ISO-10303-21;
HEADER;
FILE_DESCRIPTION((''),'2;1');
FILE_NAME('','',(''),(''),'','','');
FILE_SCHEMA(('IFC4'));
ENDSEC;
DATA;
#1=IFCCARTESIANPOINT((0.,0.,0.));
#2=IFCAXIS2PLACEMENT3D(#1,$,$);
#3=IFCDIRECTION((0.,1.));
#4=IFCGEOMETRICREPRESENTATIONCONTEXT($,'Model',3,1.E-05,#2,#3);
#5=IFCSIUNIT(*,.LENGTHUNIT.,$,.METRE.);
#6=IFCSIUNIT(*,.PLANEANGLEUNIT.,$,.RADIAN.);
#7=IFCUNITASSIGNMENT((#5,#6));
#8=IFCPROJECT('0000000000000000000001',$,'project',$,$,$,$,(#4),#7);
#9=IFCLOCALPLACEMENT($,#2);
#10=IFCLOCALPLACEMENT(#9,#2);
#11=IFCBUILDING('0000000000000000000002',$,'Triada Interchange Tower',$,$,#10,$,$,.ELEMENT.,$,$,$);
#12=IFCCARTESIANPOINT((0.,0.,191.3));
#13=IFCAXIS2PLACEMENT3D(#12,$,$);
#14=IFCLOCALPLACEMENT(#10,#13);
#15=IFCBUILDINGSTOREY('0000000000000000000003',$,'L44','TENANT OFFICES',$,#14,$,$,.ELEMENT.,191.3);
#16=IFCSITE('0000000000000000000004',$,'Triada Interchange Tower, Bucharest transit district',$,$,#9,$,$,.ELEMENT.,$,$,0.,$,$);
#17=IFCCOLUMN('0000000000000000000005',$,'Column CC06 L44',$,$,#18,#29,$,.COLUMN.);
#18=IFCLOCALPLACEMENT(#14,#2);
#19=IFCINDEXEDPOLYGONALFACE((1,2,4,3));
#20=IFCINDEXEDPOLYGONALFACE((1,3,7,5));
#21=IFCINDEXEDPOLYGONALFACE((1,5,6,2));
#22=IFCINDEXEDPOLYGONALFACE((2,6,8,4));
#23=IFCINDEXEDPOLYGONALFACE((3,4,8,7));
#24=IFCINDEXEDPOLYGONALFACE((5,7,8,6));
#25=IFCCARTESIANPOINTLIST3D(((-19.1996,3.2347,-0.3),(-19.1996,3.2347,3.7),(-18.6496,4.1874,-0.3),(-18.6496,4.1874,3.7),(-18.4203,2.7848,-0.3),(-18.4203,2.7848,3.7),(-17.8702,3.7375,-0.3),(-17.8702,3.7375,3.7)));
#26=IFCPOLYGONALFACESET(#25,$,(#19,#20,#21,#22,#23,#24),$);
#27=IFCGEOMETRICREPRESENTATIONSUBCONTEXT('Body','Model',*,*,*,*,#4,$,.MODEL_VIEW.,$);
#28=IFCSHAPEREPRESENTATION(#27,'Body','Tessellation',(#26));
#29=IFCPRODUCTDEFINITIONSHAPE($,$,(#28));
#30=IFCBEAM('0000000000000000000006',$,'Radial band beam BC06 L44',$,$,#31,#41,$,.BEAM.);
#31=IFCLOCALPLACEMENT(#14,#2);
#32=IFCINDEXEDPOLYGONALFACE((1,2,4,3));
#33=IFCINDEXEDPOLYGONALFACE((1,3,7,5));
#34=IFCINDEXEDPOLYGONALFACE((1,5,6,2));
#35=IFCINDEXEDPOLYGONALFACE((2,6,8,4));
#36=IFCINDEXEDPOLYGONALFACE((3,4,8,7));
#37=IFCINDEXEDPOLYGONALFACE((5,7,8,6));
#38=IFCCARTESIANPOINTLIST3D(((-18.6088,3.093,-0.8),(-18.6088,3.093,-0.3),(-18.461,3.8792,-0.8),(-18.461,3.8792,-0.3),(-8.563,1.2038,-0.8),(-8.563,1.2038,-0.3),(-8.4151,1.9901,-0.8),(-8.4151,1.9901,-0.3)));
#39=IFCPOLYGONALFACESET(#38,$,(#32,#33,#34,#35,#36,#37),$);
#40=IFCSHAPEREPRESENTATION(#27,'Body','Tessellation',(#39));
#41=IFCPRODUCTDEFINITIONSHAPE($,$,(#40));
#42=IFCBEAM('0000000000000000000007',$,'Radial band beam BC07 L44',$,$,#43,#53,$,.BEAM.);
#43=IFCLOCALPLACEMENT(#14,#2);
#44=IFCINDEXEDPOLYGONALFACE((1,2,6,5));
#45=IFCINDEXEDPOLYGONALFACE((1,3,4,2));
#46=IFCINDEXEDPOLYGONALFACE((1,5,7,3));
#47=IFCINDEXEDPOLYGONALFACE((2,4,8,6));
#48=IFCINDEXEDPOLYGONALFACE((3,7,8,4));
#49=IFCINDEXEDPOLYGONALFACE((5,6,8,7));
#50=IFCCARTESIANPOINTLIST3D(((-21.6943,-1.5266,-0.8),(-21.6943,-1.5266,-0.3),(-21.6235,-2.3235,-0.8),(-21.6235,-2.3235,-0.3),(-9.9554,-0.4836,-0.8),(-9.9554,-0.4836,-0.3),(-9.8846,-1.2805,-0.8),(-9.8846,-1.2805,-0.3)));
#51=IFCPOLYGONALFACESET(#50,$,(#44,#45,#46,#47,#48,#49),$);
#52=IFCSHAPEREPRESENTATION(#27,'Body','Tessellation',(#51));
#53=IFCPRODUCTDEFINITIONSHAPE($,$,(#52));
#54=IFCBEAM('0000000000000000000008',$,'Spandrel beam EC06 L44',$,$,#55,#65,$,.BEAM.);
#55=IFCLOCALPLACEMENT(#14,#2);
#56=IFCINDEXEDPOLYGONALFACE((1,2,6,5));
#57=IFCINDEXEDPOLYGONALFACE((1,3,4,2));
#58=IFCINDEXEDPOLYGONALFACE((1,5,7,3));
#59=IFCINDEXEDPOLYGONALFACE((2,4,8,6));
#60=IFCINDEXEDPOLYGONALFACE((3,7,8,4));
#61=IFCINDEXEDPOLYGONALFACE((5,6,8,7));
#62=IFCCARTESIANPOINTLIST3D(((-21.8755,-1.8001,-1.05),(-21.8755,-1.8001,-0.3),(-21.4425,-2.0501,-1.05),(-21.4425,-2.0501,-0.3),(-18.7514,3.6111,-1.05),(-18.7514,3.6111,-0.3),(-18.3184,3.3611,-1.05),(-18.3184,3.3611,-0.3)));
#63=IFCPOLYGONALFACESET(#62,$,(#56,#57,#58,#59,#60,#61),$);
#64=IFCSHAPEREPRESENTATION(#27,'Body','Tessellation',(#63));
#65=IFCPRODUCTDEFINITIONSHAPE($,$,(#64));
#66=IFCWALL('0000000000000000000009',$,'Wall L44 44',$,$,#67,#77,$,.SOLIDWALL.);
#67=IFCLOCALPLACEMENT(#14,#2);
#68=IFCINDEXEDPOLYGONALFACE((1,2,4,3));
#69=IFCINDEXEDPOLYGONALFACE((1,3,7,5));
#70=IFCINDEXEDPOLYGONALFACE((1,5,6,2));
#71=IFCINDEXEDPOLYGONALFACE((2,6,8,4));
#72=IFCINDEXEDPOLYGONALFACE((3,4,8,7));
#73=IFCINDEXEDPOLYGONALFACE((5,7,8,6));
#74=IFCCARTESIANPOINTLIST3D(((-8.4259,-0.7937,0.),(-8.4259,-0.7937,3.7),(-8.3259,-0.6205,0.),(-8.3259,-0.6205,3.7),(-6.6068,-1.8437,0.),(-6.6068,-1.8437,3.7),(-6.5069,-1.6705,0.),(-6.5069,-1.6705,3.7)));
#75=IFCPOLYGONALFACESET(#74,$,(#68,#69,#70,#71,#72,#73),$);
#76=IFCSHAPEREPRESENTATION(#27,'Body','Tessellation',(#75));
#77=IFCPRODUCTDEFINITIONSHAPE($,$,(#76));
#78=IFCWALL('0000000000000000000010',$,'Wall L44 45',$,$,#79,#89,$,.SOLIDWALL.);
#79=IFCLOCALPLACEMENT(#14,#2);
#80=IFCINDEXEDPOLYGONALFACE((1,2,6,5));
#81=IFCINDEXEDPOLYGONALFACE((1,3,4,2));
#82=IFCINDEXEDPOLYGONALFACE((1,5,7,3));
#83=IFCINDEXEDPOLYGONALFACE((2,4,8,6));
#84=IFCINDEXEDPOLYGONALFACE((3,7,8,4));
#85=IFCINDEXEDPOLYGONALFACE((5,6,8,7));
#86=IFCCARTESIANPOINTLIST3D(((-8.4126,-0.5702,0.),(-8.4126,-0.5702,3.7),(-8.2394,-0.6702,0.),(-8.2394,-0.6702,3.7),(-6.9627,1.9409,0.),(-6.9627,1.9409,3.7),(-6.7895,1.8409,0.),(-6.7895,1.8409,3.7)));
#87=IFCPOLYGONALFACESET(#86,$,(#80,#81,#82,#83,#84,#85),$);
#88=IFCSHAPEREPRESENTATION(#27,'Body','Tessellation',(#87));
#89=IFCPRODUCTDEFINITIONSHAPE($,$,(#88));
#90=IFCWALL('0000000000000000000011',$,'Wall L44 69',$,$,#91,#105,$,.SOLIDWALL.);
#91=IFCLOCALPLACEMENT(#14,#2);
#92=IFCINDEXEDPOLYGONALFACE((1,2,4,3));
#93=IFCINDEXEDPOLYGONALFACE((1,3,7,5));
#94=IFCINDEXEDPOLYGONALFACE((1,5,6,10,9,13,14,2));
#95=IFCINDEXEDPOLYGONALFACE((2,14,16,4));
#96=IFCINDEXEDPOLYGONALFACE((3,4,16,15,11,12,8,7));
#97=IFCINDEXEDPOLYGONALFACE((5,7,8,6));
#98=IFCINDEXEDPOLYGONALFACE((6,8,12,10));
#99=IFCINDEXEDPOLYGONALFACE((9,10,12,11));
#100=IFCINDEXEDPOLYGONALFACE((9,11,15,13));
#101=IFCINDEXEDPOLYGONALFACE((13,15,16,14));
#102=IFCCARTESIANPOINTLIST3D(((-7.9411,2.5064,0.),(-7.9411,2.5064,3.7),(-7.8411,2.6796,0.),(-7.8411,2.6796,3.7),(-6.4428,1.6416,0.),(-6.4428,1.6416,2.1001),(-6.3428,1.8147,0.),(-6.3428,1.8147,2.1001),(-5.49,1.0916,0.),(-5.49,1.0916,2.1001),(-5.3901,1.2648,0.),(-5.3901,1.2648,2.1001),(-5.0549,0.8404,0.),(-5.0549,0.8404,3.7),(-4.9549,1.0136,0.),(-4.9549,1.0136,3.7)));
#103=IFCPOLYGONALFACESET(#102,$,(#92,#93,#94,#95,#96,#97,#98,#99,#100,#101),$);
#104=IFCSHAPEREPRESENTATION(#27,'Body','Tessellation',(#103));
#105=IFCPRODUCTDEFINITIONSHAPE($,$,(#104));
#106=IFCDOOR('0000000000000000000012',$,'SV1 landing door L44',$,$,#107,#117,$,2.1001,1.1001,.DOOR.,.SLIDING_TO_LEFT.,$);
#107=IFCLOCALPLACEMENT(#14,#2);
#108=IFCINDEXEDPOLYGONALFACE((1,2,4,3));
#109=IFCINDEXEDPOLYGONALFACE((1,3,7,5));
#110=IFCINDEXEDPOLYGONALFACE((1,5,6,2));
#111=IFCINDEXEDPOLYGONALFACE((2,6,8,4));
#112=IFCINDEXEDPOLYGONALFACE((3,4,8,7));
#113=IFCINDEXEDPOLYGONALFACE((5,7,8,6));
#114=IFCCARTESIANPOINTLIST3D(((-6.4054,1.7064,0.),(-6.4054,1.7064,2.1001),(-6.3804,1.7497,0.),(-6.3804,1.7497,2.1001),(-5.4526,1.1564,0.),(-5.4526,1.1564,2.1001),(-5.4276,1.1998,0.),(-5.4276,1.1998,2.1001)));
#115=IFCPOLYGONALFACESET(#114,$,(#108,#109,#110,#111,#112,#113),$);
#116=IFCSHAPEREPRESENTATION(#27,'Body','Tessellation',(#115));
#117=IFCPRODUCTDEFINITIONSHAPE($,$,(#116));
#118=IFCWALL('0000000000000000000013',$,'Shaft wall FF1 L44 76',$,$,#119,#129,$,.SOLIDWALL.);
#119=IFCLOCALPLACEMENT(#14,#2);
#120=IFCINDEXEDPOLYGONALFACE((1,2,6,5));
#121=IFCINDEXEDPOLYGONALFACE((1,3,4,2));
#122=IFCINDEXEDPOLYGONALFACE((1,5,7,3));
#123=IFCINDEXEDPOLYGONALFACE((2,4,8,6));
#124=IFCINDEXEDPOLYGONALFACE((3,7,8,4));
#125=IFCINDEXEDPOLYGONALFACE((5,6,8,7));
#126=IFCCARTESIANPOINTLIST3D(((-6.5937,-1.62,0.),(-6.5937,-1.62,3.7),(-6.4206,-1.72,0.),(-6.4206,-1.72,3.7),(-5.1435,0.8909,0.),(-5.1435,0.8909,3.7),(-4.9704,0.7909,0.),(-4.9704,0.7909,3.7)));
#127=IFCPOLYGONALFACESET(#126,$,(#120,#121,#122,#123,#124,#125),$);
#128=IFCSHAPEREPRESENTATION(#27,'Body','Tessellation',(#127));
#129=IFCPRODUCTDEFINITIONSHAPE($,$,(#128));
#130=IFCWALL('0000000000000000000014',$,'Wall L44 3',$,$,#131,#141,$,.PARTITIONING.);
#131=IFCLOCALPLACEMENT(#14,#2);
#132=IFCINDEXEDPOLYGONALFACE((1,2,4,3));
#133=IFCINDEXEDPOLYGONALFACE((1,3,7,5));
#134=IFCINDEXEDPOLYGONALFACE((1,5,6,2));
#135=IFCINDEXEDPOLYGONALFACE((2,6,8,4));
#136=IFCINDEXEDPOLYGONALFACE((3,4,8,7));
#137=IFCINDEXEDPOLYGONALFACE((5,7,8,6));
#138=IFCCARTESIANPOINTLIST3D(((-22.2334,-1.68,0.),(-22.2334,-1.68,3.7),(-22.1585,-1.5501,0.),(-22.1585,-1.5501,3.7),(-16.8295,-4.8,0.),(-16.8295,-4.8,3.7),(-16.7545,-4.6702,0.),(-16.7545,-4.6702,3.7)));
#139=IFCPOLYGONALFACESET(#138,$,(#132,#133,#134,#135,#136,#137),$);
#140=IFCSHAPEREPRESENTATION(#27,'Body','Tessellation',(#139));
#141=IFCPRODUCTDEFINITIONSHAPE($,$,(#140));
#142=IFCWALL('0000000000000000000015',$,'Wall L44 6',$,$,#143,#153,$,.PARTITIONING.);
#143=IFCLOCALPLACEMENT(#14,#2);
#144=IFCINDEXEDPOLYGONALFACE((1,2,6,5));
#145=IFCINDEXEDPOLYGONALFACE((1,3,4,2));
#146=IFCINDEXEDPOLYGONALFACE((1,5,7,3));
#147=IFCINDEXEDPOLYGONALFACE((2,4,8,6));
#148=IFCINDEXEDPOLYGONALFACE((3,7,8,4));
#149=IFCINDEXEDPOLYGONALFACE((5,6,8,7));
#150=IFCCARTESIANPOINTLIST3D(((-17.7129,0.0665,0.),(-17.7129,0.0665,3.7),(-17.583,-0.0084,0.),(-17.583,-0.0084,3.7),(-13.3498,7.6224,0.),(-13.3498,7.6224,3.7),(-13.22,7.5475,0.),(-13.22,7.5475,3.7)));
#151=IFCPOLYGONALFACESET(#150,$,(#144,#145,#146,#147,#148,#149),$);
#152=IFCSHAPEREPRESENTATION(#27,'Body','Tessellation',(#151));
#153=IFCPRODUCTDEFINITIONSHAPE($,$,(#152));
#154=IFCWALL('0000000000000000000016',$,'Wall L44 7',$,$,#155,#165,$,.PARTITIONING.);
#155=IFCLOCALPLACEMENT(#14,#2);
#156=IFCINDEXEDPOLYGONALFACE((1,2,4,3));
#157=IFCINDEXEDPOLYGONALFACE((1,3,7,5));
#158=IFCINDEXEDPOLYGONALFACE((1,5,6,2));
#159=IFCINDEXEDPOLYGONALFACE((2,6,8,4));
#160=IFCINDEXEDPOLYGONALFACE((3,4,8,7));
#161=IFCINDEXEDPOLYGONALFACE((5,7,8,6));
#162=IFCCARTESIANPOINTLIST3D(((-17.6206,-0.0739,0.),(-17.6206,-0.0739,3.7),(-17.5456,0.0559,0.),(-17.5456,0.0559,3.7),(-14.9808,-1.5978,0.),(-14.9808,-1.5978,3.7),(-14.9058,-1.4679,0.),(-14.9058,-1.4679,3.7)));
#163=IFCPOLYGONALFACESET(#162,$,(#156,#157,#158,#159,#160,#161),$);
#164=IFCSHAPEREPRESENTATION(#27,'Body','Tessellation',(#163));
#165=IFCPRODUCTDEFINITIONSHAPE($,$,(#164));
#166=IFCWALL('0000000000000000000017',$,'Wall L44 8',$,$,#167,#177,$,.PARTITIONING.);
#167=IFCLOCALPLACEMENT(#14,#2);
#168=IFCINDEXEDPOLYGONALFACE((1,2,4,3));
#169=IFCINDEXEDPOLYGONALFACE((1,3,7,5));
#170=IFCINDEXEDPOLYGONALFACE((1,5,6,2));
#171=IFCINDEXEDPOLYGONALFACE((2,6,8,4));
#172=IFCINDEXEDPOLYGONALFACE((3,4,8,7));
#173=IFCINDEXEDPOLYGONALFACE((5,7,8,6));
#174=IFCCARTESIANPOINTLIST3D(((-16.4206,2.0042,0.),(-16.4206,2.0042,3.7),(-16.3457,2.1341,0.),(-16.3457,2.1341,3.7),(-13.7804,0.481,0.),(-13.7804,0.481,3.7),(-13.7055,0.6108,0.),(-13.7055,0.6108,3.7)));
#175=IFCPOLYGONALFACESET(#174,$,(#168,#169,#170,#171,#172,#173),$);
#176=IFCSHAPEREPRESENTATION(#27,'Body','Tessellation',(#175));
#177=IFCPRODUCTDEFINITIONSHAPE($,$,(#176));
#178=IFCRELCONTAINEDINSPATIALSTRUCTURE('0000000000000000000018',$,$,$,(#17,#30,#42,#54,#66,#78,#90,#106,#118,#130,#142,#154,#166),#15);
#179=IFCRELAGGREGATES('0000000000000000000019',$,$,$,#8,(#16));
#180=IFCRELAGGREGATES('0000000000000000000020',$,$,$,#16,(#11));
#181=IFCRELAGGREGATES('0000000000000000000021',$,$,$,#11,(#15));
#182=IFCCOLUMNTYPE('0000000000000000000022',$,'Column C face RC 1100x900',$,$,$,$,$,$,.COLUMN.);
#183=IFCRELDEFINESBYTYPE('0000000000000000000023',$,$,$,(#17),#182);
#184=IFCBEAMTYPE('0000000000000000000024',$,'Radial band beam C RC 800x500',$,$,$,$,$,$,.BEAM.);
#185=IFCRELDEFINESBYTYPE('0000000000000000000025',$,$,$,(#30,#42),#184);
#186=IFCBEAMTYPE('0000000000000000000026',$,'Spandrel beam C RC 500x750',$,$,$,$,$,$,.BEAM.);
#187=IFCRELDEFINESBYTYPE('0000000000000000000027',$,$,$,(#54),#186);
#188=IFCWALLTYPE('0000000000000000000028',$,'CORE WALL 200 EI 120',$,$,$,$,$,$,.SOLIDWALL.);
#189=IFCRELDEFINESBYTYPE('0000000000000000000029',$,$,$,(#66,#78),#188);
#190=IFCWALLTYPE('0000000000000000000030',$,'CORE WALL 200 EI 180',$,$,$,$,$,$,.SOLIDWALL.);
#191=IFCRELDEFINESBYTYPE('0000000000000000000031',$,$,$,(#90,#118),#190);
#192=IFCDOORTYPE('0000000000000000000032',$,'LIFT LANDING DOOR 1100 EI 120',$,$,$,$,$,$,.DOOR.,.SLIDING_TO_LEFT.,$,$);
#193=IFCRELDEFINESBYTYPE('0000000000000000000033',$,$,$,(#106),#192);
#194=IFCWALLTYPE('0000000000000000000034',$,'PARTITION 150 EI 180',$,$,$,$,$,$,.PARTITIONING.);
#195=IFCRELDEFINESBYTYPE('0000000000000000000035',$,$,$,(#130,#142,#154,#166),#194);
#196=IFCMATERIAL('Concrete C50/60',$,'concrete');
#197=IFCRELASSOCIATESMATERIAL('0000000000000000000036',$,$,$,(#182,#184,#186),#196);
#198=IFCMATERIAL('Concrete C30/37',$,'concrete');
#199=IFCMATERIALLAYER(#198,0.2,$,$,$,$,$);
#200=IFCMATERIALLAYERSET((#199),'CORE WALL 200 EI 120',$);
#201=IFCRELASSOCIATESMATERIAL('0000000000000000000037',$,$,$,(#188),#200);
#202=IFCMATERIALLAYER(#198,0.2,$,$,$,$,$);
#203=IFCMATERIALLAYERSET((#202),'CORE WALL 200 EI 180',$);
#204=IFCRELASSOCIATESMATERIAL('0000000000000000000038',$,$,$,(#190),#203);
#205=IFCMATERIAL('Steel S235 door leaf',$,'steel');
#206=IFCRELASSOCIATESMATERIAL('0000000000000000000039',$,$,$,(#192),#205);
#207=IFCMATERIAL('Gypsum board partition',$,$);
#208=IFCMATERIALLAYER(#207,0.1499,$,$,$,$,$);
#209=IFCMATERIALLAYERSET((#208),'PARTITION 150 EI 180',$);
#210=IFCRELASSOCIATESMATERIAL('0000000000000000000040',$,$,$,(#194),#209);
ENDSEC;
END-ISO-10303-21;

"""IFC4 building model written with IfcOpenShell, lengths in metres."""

from ifc_helpers import new_model, si_unit, direction, frame, frame_2d, origin, origin_2d, place, context, subcontext, project, spatial, rectangle, extrude, material, layer, layer_set, material_profile, profile_set, type_object, element, fill, save


model = new_model("IFC4")

# Units and contexts
model_context = context("Model", 3, precision=1e-05, world=origin(), true_north=direction((0.0, 1.0)))
body_context = subcontext(model_context, "Body", "Model", "MODEL_VIEW")
ifc_project = project(units=[si_unit("LENGTHUNIT", "METRE"), si_unit("PLANEANGLEUNIT", "RADIAN")], contexts=[model_context])

# Site, building, storey
site_placement = place(None, origin())
site = spatial("IfcSite", under=ifc_project, at=site_placement, Name="Triada Interchange Tower, Bucharest transit district", CompositionType="ELEMENT", RefElevation=0.0)
building_placement = place(site_placement, origin())
building = spatial("IfcBuilding", under=site, at=building_placement, Name="Triada Interchange Tower", CompositionType="ELEMENT")
storey_placement = place(building_placement, frame((0.0, 0.0, 191.3)))
storey = spatial("IfcBuildingStorey", under=building, at=storey_placement, Name="L44", Description="TENANT OFFICES", CompositionType="ELEMENT", Elevation=191.3)

# Column
ifc_material_1 = material(Name="Concrete C50/60", Category="concrete")
ifc_material_profile_1 = material_profile(ifc_material_1, rectangle(XDim=1.1001, YDim=0.8999, at=origin_2d()), Name="RC 1100x900")
ifc_profile_set_1 = profile_set([ifc_material_profile_1], Name="Concrete C50/60")
column_type = type_object("IfcColumnType", Name="Column C face RC 1100x900", PredefinedType="COLUMN", material=ifc_profile_set_1)
column_placement = place(storey_placement, frame((-18.5349, 3.4861, -0.3), z_axis=(0.0, 0.0, 1.0), x_axis=(0.5, 0.866025, 0.0)))
element("IfcColumn", 1, at=column_placement, inside=storey, type_object=column_type, Name="Column CC06 L44", PredefinedType="COLUMN", context=body_context, shape_type="SweptSolid", body=[
    extrude(rectangle(XDim=1.1001, YDim=0.8999, at=origin_2d()), origin(), (0.0, 0.0, 1.0), 4.0),
])

# Beams
ifc_material_profile_2 = material_profile(ifc_material_1, rectangle(XDim=0.8, YDim=0.5, at=origin_2d()), Name="RC 800x500")
ifc_profile_set_2 = profile_set([ifc_material_profile_2], Name="Concrete C50/60")
beam_type_1 = type_object("IfcBeamType", Name="Radial band beam C RC 800x500", PredefinedType="BEAM", material=ifc_profile_set_2)
beam_1_placement = place(storey_placement, frame((-18.5349, 3.4861, -0.55), z_axis=(0.982774, -0.184813, 0.0), x_axis=(0.184813, 0.982774, 0.0)))
element("IfcBeam", 2, at=beam_1_placement, inside=storey, type_object=beam_type_1, Name="Radial band beam BC06 L44", PredefinedType="BEAM", context=body_context, shape_type="SweptSolid", body=[
    extrude(rectangle(XDim=0.8, YDim=0.5, at=origin_2d()), origin(), (0.0, 0.0, 1.0), 10.2219),
])
beam_2_placement = place(storey_placement, frame((-21.6589, -1.925, -0.55), z_axis=(0.996076, 0.088498, 0.0), x_axis=(-0.088498, 0.996076, 0.0)))
element("IfcBeam", 3, at=beam_2_placement, inside=storey, type_object=beam_type_1, Name="Radial band beam BC07 L44", PredefinedType="BEAM", context=body_context, shape_type="SweptSolid", body=[
    extrude(rectangle(XDim=0.8, YDim=0.5, at=origin_2d()), origin(), (0.0, 0.0, 1.0), 11.7852),
])
ifc_material_profile_3 = material_profile(ifc_material_1, rectangle(XDim=0.5, YDim=0.75, at=origin_2d()), Name="RC 500x750")
ifc_profile_set_3 = profile_set([ifc_material_profile_3], Name="Concrete C50/60")
beam_type_2 = type_object("IfcBeamType", Name="Spandrel beam C RC 500x750", PredefinedType="BEAM", material=ifc_profile_set_3)
beam_3_placement = place(storey_placement, frame((-18.5349, 3.4861, -0.675), z_axis=(-0.499989, -0.866032, 0.0), x_axis=(0.866032, -0.499989, 0.0)))
element("IfcBeam", 4, at=beam_3_placement, inside=storey, type_object=beam_type_2, Name="Spandrel beam EC06 L44", PredefinedType="BEAM", context=body_context, shape_type="SweptSolid", body=[
    extrude(rectangle(XDim=0.5, YDim=0.75, at=origin_2d()), origin(), (0.0, 0.0, 1.0), 6.2483),
])

# Walls
ifc_material_2 = material(Name="Concrete C30/37", Category="concrete")
ifc_layer_1 = layer(ifc_material_2, 0.2)
ifc_layer_set_1 = layer_set([ifc_layer_1], Name="CORE WALL 200 EI 120")
wall_type_1 = type_object("IfcWallType", Name="CORE WALL 200 EI 120", PredefinedType="SOLIDWALL", material=ifc_layer_set_1)
wall_1_placement = place(storey_placement, frame((-8.376, -0.707, 0.0), z_axis=(0.0, 0.0, 1.0), x_axis=(0.866068, -0.499927, 0.0)))
element("IfcWall", 5, at=wall_1_placement, inside=storey, type_object=wall_type_1, Name="Wall L44 44", PredefinedType="SOLIDWALL", context=body_context, shape_type="SweptSolid", body=[
    extrude(rectangle(XDim=2.1003, YDim=0.2, at=frame_2d((1.0503, 0.0))), origin(), (0.0, 0.0, 1.0), 3.7),
])
wall_2_placement = place(storey_placement, frame((-8.3259, -0.6201, 0.0), z_axis=(0.0, 0.0, 1.0), x_axis=(0.500024, 0.866012, 0.0)))
element("IfcWall", 6, at=wall_2_placement, inside=storey, type_object=wall_type_1, Name="Wall L44 45", PredefinedType="SOLIDWALL", context=body_context, shape_type="SweptSolid", body=[
    extrude(rectangle(XDim=2.8997, YDim=0.2, at=frame_2d((1.4497, 0.0))), origin(), (0.0, 0.0, 1.0), 3.7),
])

# Wall, opening, door
ifc_layer_2 = layer(ifc_material_2, 0.2)
ifc_layer_set_2 = layer_set([ifc_layer_2], Name="CORE WALL 200 EI 180")
wall_type_2 = type_object("IfcWallType", Name="CORE WALL 200 EI 180", PredefinedType="SOLIDWALL", material=ifc_layer_set_2)
wall_3_placement = place(storey_placement, frame((-7.8911, 2.593, 0.0), z_axis=(0.0, 0.0, 1.0), x_axis=(0.866071, -0.499921, 0.0)))
wall_3 = element("IfcWall", 7, at=wall_3_placement, inside=storey, type_object=wall_type_2, Name="Wall L44 69", PredefinedType="SOLIDWALL", context=body_context, shape_type="SweptSolid", body=[
    extrude(rectangle(XDim=3.3325, YDim=0.2, at=frame_2d((1.6663, 0.0))), origin(), (0.0, 0.0, 1.0), 3.7),
])
opening_placement = place(wall_3_placement, frame((1.73, 0.0, 0.0)))
opening = element("IfcOpeningElement", 8, at=opening_placement, cuts=wall_3, PredefinedType="OPENING", context=body_context, shape_type="SweptSolid", body=[
    extrude(rectangle(XDim=1.1001, YDim=2.1001, at=frame_2d((0.55, 1.05))), frame((0.0, 0.1099, 0.0), z_axis=(0.0, -1.0, 0.0), x_axis=(1.0, 0.0, 0.0)), (0.0, 0.0, 1.0), 0.22),
])
ifc_material_3 = material(Name="Steel S235 door leaf", Category="steel")
door_type = type_object("IfcDoorType", Name="LIFT LANDING DOOR 1100 EI 120", OperationType="SLIDING_TO_LEFT", PredefinedType="DOOR", material=ifc_material_3)
door_placement = place(opening_placement, origin())
door = element("IfcDoor", 9, at=door_placement, inside=storey, type_object=door_type, Name="SV1 landing door L44", OperationType="SLIDING_TO_LEFT", OverallHeight=2.1001, OverallWidth=1.1001, PredefinedType="DOOR", context=body_context, shape_type="SweptSolid", body=[
    extrude(rectangle(XDim=1.1001, YDim=2.1001, at=frame_2d((0.55, 1.05))), frame((0.0, 0.0249, 0.0), z_axis=(0.0, -1.0, 0.0), x_axis=(1.0, 0.0, 0.0)), (0.0, 0.0, 1.0), 0.05),
])
fill(opening, door)

# Walls
wall_4_placement = place(storey_placement, frame((-6.5071, -1.6699, 0.0), z_axis=(0.0, 0.0, 1.0), x_axis=(0.500123, 0.865954, 0.0)))
element("IfcWall", 10, at=wall_4_placement, inside=storey, type_object=wall_type_2, Name="Shaft wall FF1 L44 76", PredefinedType="SOLIDWALL", context=body_context, shape_type="SweptSolid", body=[
    extrude(rectangle(XDim=2.8997, YDim=0.2, at=frame_2d((1.4497, 0.0))), origin(), (0.0, 0.0, 1.0), 3.7),
])
ifc_material_4 = material(Name="Gypsum board partition")
ifc_layer_3 = layer(ifc_material_4, 0.1499)
ifc_layer_set_3 = layer_set([ifc_layer_3], Name="PARTITION 150 EI 180")
wall_type_3 = type_object("IfcWallType", Name="PARTITION 150 EI 180", PredefinedType="PARTITIONING", material=ifc_layer_set_3)
wall_5_placement = place(storey_placement, frame((-22.196, -1.615, 0.0), z_axis=(0.0, 0.0, 1.0), x_axis=(0.866019, -0.50001, 0.0)))
element("IfcWall", 11, at=wall_5_placement, inside=storey, type_object=wall_type_3, Name="Wall L44 3", PredefinedType="PARTITIONING", context=body_context, shape_type="SweptSolid", body=[
    extrude(rectangle(XDim=6.24, YDim=0.1499, at=frame_2d((3.1201, 0.0))), origin(), (0.0, 0.0, 1.0), 3.7),
])
wall_6_placement = place(storey_placement, frame((-17.6479, 0.0291, 0.0), z_axis=(0.0, 0.0, 1.0), x_axis=(0.500054, 0.865994, 0.0)))
element("IfcWall", 12, at=wall_6_placement, inside=storey, type_object=wall_type_3, Name="Wall L44 6", PredefinedType="PARTITIONING", context=body_context, shape_type="SweptSolid", body=[
    extrude(rectangle(XDim=8.7251, YDim=0.1499, at=frame_2d((4.3625, 0.0))), origin(), (0.0, 0.0, 1.0), 3.7),
])
for number, where, z_axis, x_axis, name in (
    (13, (-17.583, -0.009, 0.0), (0.0, 0.0, 1.0), (0.866056, -0.499947, 0.0), "Wall L44 7"),
    (14, (-16.3831, 2.0691, 0.0), (0.0, 0.0, 1.0), (0.86618, -0.499732, 0.0), "Wall L44 8"),
):
    element("IfcWall", number, at=place(storey_placement, frame(where, z_axis=z_axis, x_axis=x_axis)), inside=storey, type_object=wall_type_3, Name=name, PredefinedType="PARTITIONING", context=body_context, shape_type="SweptSolid", body=[
        extrude(rectangle(XDim=3.0481, YDim=0.1499, at=frame_2d((1.5239, 0.0))), origin(), (0.0, 0.0, 1.0), 3.7),
    ])

save(model, "model.ifc")
